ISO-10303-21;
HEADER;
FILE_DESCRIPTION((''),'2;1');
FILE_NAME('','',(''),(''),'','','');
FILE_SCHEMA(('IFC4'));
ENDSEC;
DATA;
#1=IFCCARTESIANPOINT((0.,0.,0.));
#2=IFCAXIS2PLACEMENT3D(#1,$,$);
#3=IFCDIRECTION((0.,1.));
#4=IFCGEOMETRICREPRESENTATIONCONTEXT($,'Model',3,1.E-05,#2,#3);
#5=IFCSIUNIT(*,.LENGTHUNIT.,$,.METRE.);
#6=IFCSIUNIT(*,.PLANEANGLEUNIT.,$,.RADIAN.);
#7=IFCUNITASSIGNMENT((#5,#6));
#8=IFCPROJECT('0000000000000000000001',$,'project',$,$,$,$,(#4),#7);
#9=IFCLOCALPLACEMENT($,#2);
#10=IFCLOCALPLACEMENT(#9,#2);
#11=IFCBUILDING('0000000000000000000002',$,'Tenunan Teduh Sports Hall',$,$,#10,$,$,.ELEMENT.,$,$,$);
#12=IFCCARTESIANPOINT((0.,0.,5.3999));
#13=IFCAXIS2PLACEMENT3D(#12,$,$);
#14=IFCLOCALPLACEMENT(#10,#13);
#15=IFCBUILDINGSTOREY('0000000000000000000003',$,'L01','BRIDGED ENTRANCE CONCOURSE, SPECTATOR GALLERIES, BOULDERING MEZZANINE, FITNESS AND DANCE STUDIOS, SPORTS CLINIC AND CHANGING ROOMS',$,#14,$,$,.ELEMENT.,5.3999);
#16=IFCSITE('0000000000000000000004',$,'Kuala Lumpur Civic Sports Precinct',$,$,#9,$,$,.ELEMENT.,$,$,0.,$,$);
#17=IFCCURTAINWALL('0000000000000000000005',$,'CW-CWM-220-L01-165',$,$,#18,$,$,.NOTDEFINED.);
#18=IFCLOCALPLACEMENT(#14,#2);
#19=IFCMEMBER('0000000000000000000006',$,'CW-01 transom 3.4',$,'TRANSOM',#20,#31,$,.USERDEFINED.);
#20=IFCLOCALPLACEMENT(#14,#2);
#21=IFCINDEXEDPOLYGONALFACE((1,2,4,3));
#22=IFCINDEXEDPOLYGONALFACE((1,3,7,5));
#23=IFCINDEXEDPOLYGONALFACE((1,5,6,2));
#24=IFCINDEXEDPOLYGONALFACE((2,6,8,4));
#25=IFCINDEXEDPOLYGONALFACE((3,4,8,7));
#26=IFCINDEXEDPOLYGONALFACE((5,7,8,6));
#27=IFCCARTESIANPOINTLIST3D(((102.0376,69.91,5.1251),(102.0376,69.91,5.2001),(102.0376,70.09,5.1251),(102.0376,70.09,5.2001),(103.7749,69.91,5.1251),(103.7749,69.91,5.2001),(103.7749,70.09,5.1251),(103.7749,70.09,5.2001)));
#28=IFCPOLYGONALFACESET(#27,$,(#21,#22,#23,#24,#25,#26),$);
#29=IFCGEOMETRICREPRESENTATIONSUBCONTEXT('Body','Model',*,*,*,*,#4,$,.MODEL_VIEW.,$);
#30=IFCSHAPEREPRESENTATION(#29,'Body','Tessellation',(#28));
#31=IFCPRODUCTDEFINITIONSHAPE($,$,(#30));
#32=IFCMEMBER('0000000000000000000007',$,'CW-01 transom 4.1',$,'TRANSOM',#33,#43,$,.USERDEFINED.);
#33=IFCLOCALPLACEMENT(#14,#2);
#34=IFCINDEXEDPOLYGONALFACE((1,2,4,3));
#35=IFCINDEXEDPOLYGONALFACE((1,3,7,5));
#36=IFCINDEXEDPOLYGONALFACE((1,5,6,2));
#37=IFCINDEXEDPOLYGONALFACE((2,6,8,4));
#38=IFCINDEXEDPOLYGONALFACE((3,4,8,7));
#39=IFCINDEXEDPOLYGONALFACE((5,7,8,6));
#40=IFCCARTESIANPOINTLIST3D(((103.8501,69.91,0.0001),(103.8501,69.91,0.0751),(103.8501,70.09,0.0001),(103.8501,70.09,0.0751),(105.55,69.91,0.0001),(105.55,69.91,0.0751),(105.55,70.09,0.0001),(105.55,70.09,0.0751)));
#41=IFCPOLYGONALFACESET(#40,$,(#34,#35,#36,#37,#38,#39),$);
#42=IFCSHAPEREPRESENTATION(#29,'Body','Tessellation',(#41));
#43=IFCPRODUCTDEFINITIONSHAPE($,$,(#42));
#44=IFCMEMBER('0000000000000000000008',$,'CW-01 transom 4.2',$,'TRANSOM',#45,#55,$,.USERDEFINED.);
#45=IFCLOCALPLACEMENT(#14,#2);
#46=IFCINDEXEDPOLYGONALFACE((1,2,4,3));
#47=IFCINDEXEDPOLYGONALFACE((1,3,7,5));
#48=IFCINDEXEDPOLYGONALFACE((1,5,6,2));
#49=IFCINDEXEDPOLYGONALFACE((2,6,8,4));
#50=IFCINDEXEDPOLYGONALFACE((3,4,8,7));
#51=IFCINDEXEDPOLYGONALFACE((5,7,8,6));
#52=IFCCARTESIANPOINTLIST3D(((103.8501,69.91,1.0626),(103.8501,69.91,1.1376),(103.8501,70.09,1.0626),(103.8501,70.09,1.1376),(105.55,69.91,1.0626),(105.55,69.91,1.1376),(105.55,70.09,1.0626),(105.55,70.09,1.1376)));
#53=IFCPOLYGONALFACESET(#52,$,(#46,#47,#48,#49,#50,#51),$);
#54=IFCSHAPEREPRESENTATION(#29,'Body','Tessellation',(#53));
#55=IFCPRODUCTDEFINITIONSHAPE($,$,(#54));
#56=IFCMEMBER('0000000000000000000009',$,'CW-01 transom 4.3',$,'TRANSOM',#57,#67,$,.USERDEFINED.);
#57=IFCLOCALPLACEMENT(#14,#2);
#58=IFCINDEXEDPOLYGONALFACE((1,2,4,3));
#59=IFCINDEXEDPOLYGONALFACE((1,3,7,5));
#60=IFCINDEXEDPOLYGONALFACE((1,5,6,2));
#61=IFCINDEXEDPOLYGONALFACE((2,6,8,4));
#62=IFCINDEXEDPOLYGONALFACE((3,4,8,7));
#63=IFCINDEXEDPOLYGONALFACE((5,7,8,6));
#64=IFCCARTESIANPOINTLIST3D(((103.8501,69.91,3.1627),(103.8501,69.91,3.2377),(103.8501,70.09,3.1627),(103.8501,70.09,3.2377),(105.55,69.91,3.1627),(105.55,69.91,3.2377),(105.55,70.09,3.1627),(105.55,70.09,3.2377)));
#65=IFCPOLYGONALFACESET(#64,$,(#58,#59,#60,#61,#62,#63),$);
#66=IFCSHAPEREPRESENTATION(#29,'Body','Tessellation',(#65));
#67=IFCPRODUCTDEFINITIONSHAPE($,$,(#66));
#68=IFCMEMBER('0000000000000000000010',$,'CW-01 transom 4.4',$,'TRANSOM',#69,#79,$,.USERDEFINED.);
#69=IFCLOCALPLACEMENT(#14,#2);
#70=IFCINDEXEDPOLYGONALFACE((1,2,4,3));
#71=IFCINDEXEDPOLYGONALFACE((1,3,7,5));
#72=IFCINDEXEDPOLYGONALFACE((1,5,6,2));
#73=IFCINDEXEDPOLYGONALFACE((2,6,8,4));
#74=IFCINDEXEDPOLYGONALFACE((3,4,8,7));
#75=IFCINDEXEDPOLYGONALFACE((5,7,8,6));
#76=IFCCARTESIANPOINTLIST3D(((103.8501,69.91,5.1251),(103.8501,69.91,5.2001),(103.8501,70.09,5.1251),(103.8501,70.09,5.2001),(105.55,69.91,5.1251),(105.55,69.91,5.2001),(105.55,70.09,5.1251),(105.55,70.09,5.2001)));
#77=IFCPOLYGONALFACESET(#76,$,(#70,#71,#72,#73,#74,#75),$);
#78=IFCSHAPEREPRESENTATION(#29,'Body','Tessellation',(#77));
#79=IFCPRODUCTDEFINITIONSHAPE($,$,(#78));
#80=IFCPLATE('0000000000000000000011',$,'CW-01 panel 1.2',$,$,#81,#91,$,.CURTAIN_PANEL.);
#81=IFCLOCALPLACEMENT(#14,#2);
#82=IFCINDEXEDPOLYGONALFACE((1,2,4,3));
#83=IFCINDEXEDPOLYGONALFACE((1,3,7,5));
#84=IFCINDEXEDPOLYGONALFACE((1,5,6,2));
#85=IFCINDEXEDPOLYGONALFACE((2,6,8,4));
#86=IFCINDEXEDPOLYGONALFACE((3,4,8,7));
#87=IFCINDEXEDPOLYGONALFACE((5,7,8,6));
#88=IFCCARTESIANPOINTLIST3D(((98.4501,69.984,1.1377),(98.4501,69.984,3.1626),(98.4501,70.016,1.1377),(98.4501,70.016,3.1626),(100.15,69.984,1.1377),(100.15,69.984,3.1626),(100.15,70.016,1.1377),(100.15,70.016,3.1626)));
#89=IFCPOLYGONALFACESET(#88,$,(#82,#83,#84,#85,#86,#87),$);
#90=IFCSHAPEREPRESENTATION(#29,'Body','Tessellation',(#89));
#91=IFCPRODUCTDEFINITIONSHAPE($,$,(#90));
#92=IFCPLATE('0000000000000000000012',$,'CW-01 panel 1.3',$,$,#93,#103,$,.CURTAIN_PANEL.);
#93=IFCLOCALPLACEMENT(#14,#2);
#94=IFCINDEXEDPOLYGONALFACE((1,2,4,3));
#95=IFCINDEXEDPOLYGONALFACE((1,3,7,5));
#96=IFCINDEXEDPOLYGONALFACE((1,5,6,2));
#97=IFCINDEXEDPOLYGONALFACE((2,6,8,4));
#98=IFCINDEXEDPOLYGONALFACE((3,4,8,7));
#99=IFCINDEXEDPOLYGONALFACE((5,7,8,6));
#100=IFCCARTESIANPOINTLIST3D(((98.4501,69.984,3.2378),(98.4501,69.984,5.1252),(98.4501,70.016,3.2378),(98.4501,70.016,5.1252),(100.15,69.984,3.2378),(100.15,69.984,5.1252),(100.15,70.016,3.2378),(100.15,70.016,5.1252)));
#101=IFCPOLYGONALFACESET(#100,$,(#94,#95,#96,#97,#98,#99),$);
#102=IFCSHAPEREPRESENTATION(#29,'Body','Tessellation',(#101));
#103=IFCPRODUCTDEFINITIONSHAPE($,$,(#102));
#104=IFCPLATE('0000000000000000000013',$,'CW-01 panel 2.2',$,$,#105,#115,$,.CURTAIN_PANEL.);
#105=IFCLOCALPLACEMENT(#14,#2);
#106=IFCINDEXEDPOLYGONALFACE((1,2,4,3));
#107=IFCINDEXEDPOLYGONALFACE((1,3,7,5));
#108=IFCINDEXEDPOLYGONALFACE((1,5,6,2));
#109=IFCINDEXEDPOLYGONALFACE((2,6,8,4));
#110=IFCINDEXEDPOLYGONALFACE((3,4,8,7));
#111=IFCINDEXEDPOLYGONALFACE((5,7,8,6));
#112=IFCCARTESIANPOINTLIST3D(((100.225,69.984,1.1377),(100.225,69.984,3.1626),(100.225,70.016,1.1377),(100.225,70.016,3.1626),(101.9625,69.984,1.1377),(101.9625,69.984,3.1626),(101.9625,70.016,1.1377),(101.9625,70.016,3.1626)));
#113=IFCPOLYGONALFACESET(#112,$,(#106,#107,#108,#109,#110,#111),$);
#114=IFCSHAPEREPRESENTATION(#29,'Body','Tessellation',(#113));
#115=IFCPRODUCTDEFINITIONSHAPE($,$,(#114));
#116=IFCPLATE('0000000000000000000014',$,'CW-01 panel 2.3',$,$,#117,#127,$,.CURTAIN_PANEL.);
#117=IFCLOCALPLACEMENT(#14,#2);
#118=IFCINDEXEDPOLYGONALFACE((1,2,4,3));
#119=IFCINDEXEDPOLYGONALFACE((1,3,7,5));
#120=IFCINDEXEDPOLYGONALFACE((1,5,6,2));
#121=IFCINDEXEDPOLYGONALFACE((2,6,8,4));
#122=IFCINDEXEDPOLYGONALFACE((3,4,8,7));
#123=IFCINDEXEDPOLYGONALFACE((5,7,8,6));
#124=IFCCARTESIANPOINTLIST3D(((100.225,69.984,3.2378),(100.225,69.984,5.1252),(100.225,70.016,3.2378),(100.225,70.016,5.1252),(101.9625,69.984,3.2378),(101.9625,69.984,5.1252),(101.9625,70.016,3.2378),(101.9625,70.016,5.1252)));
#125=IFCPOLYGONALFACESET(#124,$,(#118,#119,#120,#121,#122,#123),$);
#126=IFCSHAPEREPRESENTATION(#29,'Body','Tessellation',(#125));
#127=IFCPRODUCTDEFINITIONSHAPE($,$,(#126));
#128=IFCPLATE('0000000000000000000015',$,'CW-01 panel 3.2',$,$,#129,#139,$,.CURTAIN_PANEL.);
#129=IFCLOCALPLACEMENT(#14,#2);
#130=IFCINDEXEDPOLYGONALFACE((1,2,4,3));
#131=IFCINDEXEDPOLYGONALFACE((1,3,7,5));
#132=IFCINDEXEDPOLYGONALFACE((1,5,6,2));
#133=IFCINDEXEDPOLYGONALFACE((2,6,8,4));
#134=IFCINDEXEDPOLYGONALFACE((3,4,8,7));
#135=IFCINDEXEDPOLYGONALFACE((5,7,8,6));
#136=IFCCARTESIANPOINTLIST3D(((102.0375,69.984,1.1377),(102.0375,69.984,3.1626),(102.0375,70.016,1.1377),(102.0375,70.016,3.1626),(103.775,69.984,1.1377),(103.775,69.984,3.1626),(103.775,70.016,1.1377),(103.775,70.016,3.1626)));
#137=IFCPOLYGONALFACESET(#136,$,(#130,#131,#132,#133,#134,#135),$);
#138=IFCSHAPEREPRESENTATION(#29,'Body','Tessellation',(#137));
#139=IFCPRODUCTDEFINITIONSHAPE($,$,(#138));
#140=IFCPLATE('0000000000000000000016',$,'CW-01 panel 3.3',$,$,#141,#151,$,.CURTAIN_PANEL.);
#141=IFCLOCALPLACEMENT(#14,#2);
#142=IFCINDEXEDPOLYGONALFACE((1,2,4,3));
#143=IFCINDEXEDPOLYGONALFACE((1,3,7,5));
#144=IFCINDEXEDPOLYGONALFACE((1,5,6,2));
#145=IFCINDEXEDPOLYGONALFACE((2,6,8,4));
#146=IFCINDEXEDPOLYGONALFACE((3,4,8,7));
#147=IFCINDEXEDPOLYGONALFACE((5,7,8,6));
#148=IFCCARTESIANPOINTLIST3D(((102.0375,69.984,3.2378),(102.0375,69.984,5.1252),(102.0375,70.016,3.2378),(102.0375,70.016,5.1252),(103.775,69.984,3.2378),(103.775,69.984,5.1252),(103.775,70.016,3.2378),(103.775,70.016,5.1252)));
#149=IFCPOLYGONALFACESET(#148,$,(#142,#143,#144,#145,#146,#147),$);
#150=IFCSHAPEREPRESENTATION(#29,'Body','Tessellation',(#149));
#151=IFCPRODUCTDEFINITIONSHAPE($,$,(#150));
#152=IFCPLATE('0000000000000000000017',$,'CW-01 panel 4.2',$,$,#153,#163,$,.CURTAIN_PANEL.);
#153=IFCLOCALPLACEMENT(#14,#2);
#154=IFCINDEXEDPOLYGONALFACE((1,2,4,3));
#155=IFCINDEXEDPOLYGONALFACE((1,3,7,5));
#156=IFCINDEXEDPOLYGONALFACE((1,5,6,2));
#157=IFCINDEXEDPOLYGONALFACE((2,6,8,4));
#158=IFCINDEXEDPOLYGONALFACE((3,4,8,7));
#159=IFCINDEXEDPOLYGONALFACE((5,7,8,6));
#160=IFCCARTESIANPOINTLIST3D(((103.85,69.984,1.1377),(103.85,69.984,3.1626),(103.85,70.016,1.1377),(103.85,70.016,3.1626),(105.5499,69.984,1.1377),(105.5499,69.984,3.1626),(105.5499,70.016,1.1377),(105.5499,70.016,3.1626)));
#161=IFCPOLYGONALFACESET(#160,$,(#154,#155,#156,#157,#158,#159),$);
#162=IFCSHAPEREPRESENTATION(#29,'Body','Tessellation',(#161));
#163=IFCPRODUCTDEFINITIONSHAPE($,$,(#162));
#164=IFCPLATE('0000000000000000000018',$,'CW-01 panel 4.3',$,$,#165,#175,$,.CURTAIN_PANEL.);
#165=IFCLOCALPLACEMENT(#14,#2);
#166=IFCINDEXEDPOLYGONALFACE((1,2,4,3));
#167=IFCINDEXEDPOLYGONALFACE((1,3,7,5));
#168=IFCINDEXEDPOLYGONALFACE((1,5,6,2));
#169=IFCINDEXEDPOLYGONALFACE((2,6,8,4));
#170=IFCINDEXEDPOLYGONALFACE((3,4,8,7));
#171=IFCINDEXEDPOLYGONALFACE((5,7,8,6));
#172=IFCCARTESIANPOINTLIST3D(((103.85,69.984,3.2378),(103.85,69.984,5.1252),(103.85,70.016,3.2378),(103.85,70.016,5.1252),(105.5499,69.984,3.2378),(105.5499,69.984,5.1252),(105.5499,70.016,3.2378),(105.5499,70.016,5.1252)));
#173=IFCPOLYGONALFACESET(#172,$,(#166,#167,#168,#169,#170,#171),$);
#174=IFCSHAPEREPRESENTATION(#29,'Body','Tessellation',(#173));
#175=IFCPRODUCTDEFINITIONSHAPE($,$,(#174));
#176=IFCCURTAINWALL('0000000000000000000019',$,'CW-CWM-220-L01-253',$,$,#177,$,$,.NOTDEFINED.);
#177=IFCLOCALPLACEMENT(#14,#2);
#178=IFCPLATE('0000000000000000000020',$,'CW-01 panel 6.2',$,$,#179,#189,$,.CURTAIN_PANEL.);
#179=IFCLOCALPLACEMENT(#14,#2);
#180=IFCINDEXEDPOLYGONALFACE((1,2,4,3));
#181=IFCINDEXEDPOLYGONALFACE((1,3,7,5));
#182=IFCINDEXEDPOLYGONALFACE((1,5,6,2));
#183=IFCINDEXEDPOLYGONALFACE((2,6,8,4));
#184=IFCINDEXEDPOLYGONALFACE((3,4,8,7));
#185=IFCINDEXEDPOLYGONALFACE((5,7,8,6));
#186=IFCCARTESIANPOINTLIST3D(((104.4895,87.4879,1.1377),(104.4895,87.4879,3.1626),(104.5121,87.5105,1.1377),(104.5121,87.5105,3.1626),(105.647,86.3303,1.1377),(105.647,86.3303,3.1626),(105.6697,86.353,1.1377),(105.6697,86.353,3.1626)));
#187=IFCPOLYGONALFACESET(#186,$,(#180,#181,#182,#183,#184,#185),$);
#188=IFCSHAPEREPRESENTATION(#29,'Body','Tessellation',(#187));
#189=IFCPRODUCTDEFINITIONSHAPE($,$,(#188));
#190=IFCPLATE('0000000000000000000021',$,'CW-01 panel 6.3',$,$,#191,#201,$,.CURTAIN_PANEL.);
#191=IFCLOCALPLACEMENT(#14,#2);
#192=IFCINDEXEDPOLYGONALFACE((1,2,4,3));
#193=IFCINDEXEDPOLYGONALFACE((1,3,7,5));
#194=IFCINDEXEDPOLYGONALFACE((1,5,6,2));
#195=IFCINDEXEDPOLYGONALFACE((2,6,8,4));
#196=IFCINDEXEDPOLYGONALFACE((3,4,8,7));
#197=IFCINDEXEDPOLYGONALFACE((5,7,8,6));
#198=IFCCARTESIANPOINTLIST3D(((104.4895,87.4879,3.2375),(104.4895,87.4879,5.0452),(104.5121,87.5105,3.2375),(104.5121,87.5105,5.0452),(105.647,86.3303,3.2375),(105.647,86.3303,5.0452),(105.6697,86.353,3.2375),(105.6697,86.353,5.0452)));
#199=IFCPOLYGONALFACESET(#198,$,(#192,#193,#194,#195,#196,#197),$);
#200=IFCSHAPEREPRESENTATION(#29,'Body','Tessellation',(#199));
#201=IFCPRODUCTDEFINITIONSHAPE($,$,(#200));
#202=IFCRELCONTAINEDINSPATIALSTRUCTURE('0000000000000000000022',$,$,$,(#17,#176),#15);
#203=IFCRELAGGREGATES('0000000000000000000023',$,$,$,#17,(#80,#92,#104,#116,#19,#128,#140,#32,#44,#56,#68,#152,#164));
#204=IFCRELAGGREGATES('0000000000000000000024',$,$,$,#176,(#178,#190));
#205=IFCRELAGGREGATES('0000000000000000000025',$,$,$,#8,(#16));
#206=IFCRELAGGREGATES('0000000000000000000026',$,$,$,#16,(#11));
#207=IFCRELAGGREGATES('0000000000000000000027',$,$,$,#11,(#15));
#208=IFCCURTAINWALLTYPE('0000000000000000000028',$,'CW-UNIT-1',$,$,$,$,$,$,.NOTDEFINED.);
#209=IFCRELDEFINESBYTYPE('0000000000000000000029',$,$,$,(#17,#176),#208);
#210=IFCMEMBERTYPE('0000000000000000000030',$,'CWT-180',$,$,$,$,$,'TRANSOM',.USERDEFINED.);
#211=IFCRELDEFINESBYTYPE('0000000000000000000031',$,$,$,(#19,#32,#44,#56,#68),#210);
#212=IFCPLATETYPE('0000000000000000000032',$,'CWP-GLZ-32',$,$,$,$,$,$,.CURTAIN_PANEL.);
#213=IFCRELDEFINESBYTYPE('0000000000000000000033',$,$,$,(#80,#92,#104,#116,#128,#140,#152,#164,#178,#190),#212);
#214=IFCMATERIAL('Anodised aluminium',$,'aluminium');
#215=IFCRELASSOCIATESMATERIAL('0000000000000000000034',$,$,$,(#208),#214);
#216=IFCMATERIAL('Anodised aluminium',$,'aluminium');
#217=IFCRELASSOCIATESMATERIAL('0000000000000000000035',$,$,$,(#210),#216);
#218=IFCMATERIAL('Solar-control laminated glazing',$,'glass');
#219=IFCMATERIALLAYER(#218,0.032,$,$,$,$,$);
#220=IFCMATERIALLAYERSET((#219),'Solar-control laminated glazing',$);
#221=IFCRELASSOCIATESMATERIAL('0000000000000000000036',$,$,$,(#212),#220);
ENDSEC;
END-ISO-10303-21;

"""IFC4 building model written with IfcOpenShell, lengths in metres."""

from ifc_helpers import new_model, si_unit, direction, frame, origin, origin_2d, place, context, subcontext, project, spatial, rectangle, extrude, material, layer, layer_set, material_profile, profile_set, type_object, element, aggregate, save


model = new_model("IFC4")

# Units and contexts
model_context = context("Model", 3, precision=1e-05, world=origin(), true_north=direction((0.0, 1.0)))
body_context = subcontext(model_context, "Body", "Model", "MODEL_VIEW")
ifc_project = project(units=[si_unit("LENGTHUNIT", "METRE"), si_unit("PLANEANGLEUNIT", "RADIAN")], contexts=[model_context])

# Site, building, storey
site_placement = place(None, origin())
site = spatial("IfcSite", under=ifc_project, at=site_placement, Name="Kuala Lumpur Civic Sports Precinct", CompositionType="ELEMENT", RefElevation=0.0)
building_placement = place(site_placement, origin())
building = spatial("IfcBuilding", under=site, at=building_placement, Name="Tenunan Teduh Sports Hall", CompositionType="ELEMENT")
storey_placement = place(building_placement, frame((0.0, 0.0, 5.3999)))
storey = spatial("IfcBuildingStorey", under=building, at=storey_placement, Name="L01", Description="BRIDGED ENTRANCE CONCOURSE, SPECTATOR GALLERIES, BOULDERING MEZZANINE, FITNESS AND DANCE STUDIOS, SPORTS CLINIC AND CHANGING ROOMS", CompositionType="ELEMENT", Elevation=5.3999)

# Curtain wall, members, plates
ifc_material_1 = material(Name="Anodised aluminium", Category="aluminium")
curtain_wall_type = type_object("IfcCurtainWallType", Name="CW-UNIT-1", PredefinedType="NOTDEFINED", material=ifc_material_1)
curtain_wall_1_placement = place(storey_placement, origin())
curtain_wall_1 = element("IfcCurtainWall", 1, at=curtain_wall_1_placement, inside=storey, type_object=curtain_wall_type, Name="CW-CWM-220-L01-165", PredefinedType="NOTDEFINED")
ifc_material_2 = material(Name="Anodised aluminium", Category="aluminium")
ifc_material_profile_1 = material_profile(ifc_material_2, rectangle(XDim=0.075, YDim=0.1799, at=origin_2d()), Name="CWT 75x180")
ifc_profile_set_1 = profile_set([ifc_material_profile_1], Name="Anodised aluminium")
member_type_1 = type_object("IfcMemberType", Name="CWT-180", ElementType="TRANSOM", PredefinedType="USERDEFINED", material=ifc_profile_set_1)
member_1_placement = place(storey_placement, frame((102.0376, 70.0, 5.1626), z_axis=(1.0, 0.0, 0.0), x_axis=(0.0, 0.0, 1.0)))
member_1 = element("IfcMember", 2, at=member_1_placement, type_object=member_type_1, Name="CW-01 transom 3.4", ObjectType="TRANSOM", PredefinedType="USERDEFINED", context=body_context, shape_type="SweptSolid", body=[
    extrude(rectangle(XDim=0.075, YDim=0.1799, at=origin_2d()), origin(), (0.0, 0.0, 1.0), 1.7373),
])
member_2_placement = place(storey_placement, frame((103.8501, 70.0, 0.0376), z_axis=(1.0, 0.0, 0.0), x_axis=(0.0, 0.0, 1.0)))
member_2 = element("IfcMember", 3, at=member_2_placement, type_object=member_type_1, Name="CW-01 transom 4.1", ObjectType="TRANSOM", PredefinedType="USERDEFINED", context=body_context, shape_type="SweptSolid", body=[
    extrude(rectangle(XDim=0.075, YDim=0.1799, at=origin_2d()), origin(), (0.0, 0.0, 1.0), 1.7),
])
member_3_placement = place(storey_placement, frame((103.8501, 70.0, 1.1001), z_axis=(1.0, 0.0, 0.0), x_axis=(0.0, 0.0, 1.0)))
member_3 = element("IfcMember", 4, at=member_3_placement, type_object=member_type_1, Name="CW-01 transom 4.2", ObjectType="TRANSOM", PredefinedType="USERDEFINED", context=body_context, shape_type="SweptSolid", body=[
    extrude(rectangle(XDim=0.075, YDim=0.1799, at=origin_2d()), origin(), (0.0, 0.0, 1.0), 1.7),
])
member_4_placement = place(storey_placement, frame((103.8501, 70.0, 3.2002), z_axis=(1.0, 0.0, 0.0), x_axis=(0.0, 0.0, 1.0)))
member_4 = element("IfcMember", 5, at=member_4_placement, type_object=member_type_1, Name="CW-01 transom 4.3", ObjectType="TRANSOM", PredefinedType="USERDEFINED", context=body_context, shape_type="SweptSolid", body=[
    extrude(rectangle(XDim=0.075, YDim=0.1799, at=origin_2d()), origin(), (0.0, 0.0, 1.0), 1.7),
])
member_5_placement = place(storey_placement, frame((103.8501, 70.0, 5.1626), z_axis=(1.0, 0.0, 0.0), x_axis=(0.0, 0.0, 1.0)))
member_5 = element("IfcMember", 6, at=member_5_placement, type_object=member_type_1, Name="CW-01 transom 4.4", ObjectType="TRANSOM", PredefinedType="USERDEFINED", context=body_context, shape_type="SweptSolid", body=[
    extrude(rectangle(XDim=0.075, YDim=0.1799, at=origin_2d()), origin(), (0.0, 0.0, 1.0), 1.7),
])
ifc_material_3 = material(Name="Solar-control laminated glazing", Category="glass")
ifc_layer_1 = layer(ifc_material_3, 0.032)
ifc_layer_set_1 = layer_set([ifc_layer_1], Name="Solar-control laminated glazing")
plate_type_1 = type_object("IfcPlateType", Name="CWP-GLZ-32", PredefinedType="CURTAIN_PANEL", material=ifc_layer_set_1)
plate_1_placement = place(storey_placement, frame((99.3, 70.0, 1.1377), z_axis=(0.0, 0.0, 1.0), x_axis=(1.0, 0.0, 0.0)))
plate_1 = element("IfcPlate", 7, at=plate_1_placement, type_object=plate_type_1, Name="CW-01 panel 1.2", PredefinedType="CURTAIN_PANEL", context=body_context, shape_type="SweptSolid", body=[
    extrude(rectangle(XDim=1.7, YDim=0.032, at=origin_2d()), origin(), (0.0, 0.0, 1.0), 2.0249),
])
plate_2_placement = place(storey_placement, frame((99.3, 70.0, 3.2378), z_axis=(0.0, 0.0, 1.0), x_axis=(1.0, 0.0, 0.0)))
plate_2 = element("IfcPlate", 8, at=plate_2_placement, type_object=plate_type_1, Name="CW-01 panel 1.3", PredefinedType="CURTAIN_PANEL", context=body_context, shape_type="SweptSolid", body=[
    extrude(rectangle(XDim=1.7, YDim=0.032, at=origin_2d()), origin(), (0.0, 0.0, 1.0), 1.8875),
])
plate_3_placement = place(storey_placement, frame((101.0938, 70.0, 1.1377), z_axis=(0.0, 0.0, 1.0), x_axis=(1.0, 0.0, 0.0)))
plate_3 = element("IfcPlate", 9, at=plate_3_placement, type_object=plate_type_1, Name="CW-01 panel 2.2", PredefinedType="CURTAIN_PANEL", context=body_context, shape_type="SweptSolid", body=[
    extrude(rectangle(XDim=1.7375, YDim=0.032, at=origin_2d()), origin(), (0.0, 0.0, 1.0), 2.0249),
])
plate_4_placement = place(storey_placement, frame((101.0938, 70.0, 3.2378), z_axis=(0.0, 0.0, 1.0), x_axis=(1.0, 0.0, 0.0)))
plate_4 = element("IfcPlate", 10, at=plate_4_placement, type_object=plate_type_1, Name="CW-01 panel 2.3", PredefinedType="CURTAIN_PANEL", context=body_context, shape_type="SweptSolid", body=[
    extrude(rectangle(XDim=1.7375, YDim=0.032, at=origin_2d()), origin(), (0.0, 0.0, 1.0), 1.8875),
])
plate_5_placement = place(storey_placement, frame((102.9062, 70.0, 1.1377), z_axis=(0.0, 0.0, 1.0), x_axis=(1.0, 0.0, 0.0)))
plate_5 = element("IfcPlate", 11, at=plate_5_placement, type_object=plate_type_1, Name="CW-01 panel 3.2", PredefinedType="CURTAIN_PANEL", context=body_context, shape_type="SweptSolid", body=[
    extrude(rectangle(XDim=1.7375, YDim=0.032, at=origin_2d()), origin(), (0.0, 0.0, 1.0), 2.0249),
])
plate_6_placement = place(storey_placement, frame((102.9062, 70.0, 3.2378), z_axis=(0.0, 0.0, 1.0), x_axis=(1.0, 0.0, 0.0)))
plate_6 = element("IfcPlate", 12, at=plate_6_placement, type_object=plate_type_1, Name="CW-01 panel 3.3", PredefinedType="CURTAIN_PANEL", context=body_context, shape_type="SweptSolid", body=[
    extrude(rectangle(XDim=1.7375, YDim=0.032, at=origin_2d()), origin(), (0.0, 0.0, 1.0), 1.8875),
])
plate_7_placement = place(storey_placement, frame((104.7, 70.0, 1.1377), z_axis=(0.0, 0.0, 1.0), x_axis=(1.0, 0.0, 0.0)))
plate_7 = element("IfcPlate", 13, at=plate_7_placement, type_object=plate_type_1, Name="CW-01 panel 4.2", PredefinedType="CURTAIN_PANEL", context=body_context, shape_type="SweptSolid", body=[
    extrude(rectangle(XDim=1.7, YDim=0.032, at=origin_2d()), origin(), (0.0, 0.0, 1.0), 2.0249),
])
plate_8_placement = place(storey_placement, frame((104.7, 70.0, 3.2378), z_axis=(0.0, 0.0, 1.0), x_axis=(1.0, 0.0, 0.0)))
plate_8 = element("IfcPlate", 14, at=plate_8_placement, type_object=plate_type_1, Name="CW-01 panel 4.3", PredefinedType="CURTAIN_PANEL", context=body_context, shape_type="SweptSolid", body=[
    extrude(rectangle(XDim=1.7, YDim=0.032, at=origin_2d()), origin(), (0.0, 0.0, 1.0), 1.8875),
])

# Curtain wall, plates
curtain_wall_2_placement = place(storey_placement, origin())
curtain_wall_2 = element("IfcCurtainWall", 15, at=curtain_wall_2_placement, inside=storey, type_object=curtain_wall_type, Name="CW-CWM-220-L01-253", PredefinedType="NOTDEFINED")
plate_9_placement = place(storey_placement, frame((105.0796, 86.9204, 1.1377), z_axis=(0.0, 0.0, 1.0), x_axis=(0.707107, -0.707107, 0.0)))
plate_9 = element("IfcPlate", 16, at=plate_9_placement, type_object=plate_type_1, Name="CW-01 panel 6.2", PredefinedType="CURTAIN_PANEL", context=body_context, shape_type="SweptSolid", body=[
    extrude(rectangle(XDim=1.637, YDim=0.032, at=origin_2d()), origin(), (0.0, 0.0, 1.0), 2.0249),
])
plate_10_placement = place(storey_placement, frame((105.0796, 86.9204, 3.2375), z_axis=(0.0, 0.0, 1.0), x_axis=(0.707107, -0.707107, 0.0)))
plate_10 = element("IfcPlate", 17, at=plate_10_placement, type_object=plate_type_1, Name="CW-01 panel 6.3", PredefinedType="CURTAIN_PANEL", context=body_context, shape_type="SweptSolid", body=[
    extrude(rectangle(XDim=1.637, YDim=0.032, at=origin_2d()), origin(), (0.0, 0.0, 1.0), 1.8076),
])

aggregate(curtain_wall_1, [plate_1, plate_2, plate_3, plate_4, member_1, plate_5, plate_6, member_2, member_3, member_4, member_5, plate_7, plate_8])
aggregate(curtain_wall_2, [plate_9, plate_10])

save(model, "model.ifc")
